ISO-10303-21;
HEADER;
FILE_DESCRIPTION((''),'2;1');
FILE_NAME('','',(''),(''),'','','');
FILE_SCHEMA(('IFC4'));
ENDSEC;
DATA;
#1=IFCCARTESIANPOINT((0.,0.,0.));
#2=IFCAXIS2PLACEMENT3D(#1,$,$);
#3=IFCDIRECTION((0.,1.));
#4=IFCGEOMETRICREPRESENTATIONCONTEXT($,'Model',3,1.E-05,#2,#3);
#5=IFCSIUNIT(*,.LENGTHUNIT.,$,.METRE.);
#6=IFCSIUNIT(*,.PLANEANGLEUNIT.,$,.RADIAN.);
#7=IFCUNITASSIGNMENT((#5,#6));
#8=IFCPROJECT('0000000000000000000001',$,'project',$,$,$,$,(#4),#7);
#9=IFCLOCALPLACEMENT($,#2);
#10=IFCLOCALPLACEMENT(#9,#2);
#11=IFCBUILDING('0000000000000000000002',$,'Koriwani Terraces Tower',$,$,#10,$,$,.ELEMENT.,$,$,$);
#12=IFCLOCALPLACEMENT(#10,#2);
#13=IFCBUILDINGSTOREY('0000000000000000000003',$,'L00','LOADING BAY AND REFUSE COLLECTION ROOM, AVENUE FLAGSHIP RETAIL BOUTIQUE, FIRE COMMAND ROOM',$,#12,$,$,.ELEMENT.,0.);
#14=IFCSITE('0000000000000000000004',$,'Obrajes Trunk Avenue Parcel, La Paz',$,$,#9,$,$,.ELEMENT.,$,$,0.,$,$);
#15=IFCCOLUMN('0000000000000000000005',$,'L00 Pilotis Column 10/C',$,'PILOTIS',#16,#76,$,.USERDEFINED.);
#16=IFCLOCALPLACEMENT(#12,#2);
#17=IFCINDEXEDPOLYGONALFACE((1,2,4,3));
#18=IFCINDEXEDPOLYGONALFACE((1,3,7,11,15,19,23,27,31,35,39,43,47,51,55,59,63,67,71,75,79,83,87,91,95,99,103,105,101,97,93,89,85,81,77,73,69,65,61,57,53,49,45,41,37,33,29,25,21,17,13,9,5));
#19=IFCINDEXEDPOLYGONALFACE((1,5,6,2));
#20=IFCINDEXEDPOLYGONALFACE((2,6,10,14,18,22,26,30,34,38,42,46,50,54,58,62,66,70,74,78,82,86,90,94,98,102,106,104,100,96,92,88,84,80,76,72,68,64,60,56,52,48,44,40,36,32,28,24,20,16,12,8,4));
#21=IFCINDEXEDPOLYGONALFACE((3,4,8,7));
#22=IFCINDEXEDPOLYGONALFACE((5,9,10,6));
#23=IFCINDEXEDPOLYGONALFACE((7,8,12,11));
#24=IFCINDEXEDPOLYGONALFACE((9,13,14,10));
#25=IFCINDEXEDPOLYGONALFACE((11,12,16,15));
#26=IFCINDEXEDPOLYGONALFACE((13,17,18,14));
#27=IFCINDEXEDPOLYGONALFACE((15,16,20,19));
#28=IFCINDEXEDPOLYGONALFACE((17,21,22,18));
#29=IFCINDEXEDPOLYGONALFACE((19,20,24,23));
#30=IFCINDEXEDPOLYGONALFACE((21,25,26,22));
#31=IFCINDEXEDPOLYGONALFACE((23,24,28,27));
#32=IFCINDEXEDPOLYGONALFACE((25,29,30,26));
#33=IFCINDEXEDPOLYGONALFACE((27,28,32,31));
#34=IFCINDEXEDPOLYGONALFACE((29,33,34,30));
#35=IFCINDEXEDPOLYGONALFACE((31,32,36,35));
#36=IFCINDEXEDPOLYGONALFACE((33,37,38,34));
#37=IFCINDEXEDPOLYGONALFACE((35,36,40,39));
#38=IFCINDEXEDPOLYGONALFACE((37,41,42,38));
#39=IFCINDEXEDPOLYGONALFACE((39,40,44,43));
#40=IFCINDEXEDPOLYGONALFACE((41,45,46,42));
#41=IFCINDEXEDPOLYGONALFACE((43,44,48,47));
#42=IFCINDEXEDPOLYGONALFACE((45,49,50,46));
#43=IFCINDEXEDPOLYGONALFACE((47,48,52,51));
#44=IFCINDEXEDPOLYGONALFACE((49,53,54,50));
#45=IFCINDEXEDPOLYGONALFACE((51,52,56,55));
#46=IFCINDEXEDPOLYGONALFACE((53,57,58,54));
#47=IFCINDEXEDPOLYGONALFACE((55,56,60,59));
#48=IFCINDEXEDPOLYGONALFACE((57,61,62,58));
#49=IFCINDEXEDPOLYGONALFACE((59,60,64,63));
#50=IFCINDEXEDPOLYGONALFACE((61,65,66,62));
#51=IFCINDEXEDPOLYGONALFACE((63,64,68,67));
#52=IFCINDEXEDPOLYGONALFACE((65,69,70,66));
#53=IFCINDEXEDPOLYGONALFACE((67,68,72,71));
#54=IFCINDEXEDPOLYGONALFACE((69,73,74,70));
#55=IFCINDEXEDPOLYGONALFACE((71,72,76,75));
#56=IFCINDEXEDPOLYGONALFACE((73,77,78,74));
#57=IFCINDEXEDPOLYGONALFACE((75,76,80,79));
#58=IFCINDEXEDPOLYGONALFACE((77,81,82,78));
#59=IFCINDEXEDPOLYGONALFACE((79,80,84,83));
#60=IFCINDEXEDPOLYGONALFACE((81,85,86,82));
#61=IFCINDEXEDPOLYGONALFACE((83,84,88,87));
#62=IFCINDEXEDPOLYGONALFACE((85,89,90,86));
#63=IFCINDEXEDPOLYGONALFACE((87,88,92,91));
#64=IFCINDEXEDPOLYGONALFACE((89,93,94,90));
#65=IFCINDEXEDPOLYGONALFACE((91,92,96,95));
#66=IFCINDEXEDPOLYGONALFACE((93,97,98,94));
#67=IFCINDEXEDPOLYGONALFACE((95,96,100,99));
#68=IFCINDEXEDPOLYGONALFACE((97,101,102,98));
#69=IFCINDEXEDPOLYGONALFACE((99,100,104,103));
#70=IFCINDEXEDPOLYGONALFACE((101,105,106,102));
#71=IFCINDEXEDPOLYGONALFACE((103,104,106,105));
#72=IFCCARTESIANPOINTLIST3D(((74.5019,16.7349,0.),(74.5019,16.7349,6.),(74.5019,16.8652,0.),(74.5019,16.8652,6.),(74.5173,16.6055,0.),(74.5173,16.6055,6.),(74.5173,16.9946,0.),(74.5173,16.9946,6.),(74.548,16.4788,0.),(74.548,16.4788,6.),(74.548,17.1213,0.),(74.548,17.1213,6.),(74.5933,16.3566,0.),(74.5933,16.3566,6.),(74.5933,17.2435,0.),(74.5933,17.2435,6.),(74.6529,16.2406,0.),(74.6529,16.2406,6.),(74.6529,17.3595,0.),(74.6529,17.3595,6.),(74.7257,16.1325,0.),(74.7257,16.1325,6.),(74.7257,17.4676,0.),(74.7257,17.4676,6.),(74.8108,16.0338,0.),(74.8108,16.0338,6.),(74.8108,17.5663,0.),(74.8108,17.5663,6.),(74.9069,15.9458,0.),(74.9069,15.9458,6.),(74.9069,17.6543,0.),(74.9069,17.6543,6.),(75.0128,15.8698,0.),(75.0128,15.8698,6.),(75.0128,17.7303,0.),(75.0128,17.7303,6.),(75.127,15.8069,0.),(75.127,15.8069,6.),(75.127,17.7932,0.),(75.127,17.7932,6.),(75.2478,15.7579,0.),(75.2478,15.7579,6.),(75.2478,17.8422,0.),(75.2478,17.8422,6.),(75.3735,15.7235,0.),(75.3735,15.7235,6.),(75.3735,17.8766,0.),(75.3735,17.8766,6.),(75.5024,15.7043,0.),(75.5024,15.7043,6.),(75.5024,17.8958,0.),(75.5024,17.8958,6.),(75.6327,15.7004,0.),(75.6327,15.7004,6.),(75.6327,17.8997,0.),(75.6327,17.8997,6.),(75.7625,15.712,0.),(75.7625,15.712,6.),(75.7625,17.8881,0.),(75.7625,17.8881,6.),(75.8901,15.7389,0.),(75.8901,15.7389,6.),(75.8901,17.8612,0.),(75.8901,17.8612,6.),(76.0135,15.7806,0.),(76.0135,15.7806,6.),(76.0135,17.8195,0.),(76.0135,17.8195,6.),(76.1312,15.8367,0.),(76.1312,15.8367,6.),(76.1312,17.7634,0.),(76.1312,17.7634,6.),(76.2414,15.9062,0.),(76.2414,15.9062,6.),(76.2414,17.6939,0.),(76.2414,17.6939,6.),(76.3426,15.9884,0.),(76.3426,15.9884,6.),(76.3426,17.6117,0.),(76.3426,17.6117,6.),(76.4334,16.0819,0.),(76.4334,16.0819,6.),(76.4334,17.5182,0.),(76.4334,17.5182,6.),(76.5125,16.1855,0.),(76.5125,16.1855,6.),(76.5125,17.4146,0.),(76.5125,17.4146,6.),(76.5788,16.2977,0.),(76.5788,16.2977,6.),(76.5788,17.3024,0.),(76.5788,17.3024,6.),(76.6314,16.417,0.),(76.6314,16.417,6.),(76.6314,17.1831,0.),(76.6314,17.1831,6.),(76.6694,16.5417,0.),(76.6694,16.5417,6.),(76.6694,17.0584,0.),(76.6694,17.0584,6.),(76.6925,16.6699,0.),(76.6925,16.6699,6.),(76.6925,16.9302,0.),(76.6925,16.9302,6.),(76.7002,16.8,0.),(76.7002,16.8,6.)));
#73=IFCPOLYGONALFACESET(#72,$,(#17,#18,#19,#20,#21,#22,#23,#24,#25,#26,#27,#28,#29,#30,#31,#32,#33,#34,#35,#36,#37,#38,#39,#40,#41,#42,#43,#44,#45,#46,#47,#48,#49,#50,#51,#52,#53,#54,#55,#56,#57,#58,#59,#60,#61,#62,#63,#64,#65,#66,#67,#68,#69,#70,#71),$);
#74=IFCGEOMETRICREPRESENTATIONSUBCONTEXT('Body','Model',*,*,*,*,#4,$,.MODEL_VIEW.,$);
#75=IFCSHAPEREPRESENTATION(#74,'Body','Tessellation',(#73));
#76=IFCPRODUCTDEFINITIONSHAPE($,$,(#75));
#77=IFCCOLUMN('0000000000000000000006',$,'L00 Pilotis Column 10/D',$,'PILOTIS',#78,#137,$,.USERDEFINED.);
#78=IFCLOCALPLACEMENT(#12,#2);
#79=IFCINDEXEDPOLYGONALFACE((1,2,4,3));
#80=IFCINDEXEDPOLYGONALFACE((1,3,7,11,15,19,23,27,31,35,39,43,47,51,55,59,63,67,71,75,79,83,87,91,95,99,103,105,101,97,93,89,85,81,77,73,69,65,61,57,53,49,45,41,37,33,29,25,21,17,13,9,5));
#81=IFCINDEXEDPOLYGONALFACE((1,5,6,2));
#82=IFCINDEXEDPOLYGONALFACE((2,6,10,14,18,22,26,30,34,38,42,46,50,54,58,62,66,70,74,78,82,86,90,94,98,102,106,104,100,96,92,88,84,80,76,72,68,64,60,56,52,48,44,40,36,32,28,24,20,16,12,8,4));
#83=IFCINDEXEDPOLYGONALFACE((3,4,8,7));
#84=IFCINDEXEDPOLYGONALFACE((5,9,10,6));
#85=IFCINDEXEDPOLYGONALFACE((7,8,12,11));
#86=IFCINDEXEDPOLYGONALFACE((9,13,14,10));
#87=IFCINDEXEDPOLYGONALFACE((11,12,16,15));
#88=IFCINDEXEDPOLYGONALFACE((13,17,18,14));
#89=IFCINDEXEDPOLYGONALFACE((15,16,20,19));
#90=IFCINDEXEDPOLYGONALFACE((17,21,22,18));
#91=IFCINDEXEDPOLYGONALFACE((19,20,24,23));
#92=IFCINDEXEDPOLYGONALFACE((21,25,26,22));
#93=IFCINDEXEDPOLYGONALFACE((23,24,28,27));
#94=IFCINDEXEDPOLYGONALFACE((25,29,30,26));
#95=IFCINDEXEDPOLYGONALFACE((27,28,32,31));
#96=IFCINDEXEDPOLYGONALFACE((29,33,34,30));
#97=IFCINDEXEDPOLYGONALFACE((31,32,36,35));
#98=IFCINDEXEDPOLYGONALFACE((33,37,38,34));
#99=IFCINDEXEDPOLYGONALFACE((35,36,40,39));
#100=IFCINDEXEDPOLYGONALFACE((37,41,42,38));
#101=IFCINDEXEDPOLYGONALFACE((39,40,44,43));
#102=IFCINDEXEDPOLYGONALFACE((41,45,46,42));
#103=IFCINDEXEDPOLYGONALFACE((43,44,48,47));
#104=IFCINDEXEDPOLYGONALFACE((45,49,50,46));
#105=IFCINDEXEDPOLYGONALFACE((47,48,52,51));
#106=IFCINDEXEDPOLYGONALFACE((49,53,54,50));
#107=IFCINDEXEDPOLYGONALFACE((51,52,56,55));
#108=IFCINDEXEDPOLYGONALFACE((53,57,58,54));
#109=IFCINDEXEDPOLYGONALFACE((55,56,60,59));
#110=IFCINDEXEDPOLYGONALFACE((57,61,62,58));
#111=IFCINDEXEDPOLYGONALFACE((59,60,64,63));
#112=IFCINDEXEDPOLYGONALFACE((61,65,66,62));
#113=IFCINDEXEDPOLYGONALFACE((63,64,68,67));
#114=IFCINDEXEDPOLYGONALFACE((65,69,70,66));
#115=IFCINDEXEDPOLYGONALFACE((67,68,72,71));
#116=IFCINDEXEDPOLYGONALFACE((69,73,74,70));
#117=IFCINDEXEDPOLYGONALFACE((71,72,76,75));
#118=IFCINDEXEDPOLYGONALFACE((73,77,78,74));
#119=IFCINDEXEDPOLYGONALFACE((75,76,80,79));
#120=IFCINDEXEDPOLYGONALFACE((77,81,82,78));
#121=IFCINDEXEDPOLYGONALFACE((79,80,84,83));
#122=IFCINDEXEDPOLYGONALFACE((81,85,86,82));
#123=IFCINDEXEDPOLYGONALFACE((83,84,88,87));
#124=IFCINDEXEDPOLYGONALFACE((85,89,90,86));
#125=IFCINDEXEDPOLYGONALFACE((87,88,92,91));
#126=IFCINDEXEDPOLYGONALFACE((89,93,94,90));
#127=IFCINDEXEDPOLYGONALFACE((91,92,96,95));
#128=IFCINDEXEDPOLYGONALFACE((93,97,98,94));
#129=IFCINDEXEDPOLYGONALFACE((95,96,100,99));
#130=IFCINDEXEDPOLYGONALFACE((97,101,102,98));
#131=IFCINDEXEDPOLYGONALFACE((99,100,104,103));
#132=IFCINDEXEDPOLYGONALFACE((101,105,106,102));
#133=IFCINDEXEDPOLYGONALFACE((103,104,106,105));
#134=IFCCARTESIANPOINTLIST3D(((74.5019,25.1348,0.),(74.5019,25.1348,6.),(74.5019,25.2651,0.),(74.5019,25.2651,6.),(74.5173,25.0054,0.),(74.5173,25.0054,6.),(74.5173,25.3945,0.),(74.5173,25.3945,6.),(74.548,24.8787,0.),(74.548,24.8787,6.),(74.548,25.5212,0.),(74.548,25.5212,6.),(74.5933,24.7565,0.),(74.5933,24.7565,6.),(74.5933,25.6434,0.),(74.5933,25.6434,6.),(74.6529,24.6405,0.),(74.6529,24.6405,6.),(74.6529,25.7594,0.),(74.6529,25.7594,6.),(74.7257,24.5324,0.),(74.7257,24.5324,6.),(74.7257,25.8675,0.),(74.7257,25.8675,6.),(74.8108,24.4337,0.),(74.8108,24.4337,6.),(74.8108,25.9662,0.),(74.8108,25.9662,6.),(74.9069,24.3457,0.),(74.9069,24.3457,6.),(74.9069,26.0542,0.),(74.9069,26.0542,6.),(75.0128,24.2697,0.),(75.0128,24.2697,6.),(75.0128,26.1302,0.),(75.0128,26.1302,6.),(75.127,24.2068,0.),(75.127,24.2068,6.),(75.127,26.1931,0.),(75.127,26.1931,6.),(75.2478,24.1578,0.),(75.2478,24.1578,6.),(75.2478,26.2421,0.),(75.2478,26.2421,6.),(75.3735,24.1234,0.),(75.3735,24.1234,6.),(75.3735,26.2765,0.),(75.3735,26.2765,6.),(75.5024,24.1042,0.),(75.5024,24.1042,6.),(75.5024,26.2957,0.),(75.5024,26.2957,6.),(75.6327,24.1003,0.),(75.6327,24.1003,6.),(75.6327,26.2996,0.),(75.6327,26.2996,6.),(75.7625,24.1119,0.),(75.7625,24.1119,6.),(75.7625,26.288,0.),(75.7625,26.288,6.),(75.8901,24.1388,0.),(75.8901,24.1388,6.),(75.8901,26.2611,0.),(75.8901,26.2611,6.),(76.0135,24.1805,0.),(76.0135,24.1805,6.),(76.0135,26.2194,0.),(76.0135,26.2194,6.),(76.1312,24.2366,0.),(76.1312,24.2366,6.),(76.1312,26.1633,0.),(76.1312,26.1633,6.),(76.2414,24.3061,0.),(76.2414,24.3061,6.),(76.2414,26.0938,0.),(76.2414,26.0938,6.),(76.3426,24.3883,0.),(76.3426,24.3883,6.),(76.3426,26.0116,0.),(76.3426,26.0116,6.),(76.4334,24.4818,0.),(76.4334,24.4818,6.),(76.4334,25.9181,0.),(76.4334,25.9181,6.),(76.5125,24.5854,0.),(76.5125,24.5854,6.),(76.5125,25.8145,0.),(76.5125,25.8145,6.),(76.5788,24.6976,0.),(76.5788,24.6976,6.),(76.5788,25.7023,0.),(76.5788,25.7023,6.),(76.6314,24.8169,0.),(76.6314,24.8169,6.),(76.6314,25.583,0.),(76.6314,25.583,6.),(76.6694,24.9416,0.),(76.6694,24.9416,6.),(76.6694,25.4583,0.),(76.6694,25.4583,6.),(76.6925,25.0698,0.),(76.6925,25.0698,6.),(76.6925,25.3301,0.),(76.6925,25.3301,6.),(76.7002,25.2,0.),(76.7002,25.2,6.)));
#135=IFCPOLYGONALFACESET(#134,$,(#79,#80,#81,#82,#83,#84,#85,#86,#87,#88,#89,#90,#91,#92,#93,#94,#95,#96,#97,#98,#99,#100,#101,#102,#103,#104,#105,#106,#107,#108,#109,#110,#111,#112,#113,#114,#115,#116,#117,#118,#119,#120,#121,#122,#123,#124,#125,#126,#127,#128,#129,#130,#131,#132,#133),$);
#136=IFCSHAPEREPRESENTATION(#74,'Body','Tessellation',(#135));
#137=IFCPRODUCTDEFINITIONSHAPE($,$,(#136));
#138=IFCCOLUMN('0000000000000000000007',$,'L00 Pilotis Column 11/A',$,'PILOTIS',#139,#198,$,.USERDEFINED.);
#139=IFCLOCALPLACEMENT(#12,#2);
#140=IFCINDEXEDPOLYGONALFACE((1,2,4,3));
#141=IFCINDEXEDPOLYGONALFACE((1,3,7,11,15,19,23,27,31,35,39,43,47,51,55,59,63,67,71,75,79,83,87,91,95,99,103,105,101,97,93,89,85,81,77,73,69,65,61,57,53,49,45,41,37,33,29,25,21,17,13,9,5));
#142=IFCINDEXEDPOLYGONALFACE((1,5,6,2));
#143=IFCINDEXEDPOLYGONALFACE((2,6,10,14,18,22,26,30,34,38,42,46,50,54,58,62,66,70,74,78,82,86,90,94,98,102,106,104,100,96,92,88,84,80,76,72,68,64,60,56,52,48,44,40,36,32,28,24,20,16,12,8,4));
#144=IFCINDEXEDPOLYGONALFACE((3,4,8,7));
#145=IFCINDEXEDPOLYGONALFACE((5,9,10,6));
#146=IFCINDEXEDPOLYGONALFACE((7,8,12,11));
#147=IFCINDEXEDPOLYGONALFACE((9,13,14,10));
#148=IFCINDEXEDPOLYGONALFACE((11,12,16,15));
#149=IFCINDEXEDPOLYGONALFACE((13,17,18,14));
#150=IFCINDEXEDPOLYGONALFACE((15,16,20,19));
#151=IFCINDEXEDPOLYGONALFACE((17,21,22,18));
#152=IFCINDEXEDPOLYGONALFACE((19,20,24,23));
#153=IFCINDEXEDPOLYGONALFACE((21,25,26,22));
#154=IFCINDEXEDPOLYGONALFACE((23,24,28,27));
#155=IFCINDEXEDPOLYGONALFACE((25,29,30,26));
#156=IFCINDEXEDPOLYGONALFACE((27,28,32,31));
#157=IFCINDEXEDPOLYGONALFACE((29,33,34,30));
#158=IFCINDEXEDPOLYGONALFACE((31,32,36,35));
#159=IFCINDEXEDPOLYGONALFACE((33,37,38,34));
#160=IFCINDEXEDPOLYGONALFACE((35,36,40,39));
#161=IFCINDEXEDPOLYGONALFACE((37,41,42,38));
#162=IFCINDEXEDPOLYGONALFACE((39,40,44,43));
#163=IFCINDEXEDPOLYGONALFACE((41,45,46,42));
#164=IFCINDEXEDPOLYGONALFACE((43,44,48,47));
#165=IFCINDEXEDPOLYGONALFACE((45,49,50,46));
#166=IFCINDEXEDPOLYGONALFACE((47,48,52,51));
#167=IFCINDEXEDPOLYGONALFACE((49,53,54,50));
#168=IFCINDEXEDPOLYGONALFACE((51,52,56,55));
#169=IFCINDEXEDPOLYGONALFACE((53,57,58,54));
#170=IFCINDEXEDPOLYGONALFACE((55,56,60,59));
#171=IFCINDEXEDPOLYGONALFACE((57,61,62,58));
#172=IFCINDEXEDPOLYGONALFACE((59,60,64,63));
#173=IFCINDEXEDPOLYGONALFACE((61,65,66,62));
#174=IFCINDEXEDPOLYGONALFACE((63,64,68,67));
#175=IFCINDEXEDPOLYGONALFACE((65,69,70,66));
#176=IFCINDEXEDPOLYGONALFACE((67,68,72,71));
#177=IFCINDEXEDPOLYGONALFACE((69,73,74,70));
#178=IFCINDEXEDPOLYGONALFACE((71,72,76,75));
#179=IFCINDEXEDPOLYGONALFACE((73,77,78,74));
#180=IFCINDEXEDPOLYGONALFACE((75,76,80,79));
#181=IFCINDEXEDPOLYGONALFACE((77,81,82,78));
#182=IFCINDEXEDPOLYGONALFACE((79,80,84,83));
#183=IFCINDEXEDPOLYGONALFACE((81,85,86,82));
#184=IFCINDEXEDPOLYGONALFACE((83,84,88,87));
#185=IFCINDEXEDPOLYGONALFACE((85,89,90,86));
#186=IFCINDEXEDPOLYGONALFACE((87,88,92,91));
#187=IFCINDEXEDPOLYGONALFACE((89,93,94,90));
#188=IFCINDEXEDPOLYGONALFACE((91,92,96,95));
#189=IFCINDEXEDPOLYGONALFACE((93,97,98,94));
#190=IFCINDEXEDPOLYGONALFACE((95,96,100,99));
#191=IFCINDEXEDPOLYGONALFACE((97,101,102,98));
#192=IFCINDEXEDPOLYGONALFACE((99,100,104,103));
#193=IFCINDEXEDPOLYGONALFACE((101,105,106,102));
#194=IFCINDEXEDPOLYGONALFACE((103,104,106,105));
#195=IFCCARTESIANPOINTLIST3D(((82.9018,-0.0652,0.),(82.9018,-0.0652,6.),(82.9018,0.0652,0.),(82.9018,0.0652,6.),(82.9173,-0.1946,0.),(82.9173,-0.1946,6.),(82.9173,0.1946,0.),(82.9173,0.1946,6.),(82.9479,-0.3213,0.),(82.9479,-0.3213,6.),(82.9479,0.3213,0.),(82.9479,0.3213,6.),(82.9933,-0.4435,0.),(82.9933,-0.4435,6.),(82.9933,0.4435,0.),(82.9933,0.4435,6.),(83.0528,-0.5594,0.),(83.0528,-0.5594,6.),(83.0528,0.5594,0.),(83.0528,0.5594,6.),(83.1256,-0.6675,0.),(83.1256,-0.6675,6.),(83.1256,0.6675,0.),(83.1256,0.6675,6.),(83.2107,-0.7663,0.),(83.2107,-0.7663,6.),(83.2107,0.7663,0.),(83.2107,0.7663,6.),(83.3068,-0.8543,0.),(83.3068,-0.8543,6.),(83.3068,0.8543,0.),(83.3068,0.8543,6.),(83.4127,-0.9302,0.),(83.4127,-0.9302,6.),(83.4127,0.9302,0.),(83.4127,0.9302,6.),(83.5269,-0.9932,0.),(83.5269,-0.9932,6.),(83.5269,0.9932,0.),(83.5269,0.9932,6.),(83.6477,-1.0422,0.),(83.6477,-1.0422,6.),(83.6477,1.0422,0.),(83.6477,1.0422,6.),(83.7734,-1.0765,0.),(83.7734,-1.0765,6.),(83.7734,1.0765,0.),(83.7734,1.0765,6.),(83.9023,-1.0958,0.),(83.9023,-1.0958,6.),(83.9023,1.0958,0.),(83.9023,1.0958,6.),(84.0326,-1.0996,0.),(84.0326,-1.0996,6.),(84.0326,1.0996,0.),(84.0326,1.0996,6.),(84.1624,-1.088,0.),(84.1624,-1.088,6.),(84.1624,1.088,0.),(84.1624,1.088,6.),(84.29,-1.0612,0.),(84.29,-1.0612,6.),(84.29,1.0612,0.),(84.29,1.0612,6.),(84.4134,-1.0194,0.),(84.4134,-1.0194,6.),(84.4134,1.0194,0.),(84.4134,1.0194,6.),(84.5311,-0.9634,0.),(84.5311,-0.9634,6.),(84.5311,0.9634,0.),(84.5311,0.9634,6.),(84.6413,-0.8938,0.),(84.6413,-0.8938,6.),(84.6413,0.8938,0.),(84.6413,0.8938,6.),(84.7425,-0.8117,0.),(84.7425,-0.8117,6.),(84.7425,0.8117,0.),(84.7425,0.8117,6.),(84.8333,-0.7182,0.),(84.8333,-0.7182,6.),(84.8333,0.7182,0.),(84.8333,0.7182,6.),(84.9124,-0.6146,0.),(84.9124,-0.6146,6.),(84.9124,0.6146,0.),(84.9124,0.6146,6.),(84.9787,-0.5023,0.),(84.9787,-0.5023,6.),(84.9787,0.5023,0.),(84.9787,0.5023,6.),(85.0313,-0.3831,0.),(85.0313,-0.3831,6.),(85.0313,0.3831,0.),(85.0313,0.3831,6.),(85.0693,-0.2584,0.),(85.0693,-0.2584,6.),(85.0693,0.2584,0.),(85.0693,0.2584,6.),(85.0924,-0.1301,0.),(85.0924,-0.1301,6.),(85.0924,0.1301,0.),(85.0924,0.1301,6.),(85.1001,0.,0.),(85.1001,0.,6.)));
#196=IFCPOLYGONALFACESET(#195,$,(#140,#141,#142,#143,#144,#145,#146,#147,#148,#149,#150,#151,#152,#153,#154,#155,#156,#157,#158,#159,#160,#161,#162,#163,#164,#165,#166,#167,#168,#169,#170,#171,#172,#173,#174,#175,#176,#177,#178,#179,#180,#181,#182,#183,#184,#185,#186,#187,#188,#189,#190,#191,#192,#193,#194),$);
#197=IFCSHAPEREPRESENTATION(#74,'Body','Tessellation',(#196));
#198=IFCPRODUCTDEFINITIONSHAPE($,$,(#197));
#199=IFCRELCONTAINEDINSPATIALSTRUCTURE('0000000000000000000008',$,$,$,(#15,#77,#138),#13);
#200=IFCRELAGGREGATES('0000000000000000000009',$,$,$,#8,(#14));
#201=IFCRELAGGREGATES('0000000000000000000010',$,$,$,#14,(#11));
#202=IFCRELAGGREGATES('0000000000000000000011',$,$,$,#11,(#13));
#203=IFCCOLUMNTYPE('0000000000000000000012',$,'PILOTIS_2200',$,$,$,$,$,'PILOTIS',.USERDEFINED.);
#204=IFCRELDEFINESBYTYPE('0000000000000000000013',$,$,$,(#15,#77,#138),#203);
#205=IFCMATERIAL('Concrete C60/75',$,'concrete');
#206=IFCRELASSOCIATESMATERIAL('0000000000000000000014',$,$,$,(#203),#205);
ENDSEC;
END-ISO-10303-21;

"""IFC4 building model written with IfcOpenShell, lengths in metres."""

from ifc_helpers import new_model, si_unit, direction, frame, origin, origin_2d, place, context, subcontext, project, spatial, circle, extrude, material, material_profile, profile_set, type_object, element, save


model = new_model("IFC4")

# Units and contexts
model_context = context("Model", 3, precision=1e-05, world=origin(), true_north=direction((0.0, 1.0)))
body_context = subcontext(model_context, "Body", "Model", "MODEL_VIEW")
ifc_project = project(units=[si_unit("LENGTHUNIT", "METRE"), si_unit("PLANEANGLEUNIT", "RADIAN")], contexts=[model_context])

# Site, building, storey
site_placement = place(None, origin())
site = spatial("IfcSite", under=ifc_project, at=site_placement, Name="Obrajes Trunk Avenue Parcel, La Paz", CompositionType="ELEMENT", RefElevation=0.0)
building_placement = place(site_placement, origin())
building = spatial("IfcBuilding", under=site, at=building_placement, Name="Koriwani Terraces Tower", CompositionType="ELEMENT")
storey_placement = place(building_placement, origin())
storey = spatial("IfcBuildingStorey", under=building, at=storey_placement, Name="L00", Description="LOADING BAY AND REFUSE COLLECTION ROOM, AVENUE FLAGSHIP RETAIL BOUTIQUE, FIRE COMMAND ROOM", CompositionType="ELEMENT", Elevation=0.0)

# Columns
ifc_material_1 = material(Name="Concrete C60/75", Category="concrete")
ifc_material_profile_1 = material_profile(ifc_material_1, circle(Radius=1.1001, at=origin_2d()), Name="Concrete C60/75", Category="LoadBearing")
ifc_profile_set_1 = profile_set([ifc_material_profile_1], Name="Concrete C60/75")
column_type_1 = type_object("IfcColumnType", Name="PILOTIS_2200", ElementType="PILOTIS", PredefinedType="USERDEFINED", material=ifc_profile_set_1)
for number, where, z_axis, x_axis, name in (
    (1, (75.6001, 16.8, 0.0), (0.0, 0.0, 1.0), (1.0, 0.0, 0.0), "L00 Pilotis Column 10/C"),
    (2, (75.6001, 25.2, 0.0), (0.0, 0.0, 1.0), (1.0, 0.0, 0.0), "L00 Pilotis Column 10/D"),
    (3, (84.0, 0.0, 0.0), (0.0, 0.0, 1.0), (1.0, 0.0, 0.0), "L00 Pilotis Column 11/A"),
):
    element("IfcColumn", number, at=place(storey_placement, frame(where, z_axis=z_axis, x_axis=x_axis)), inside=storey, type_object=column_type_1, Name=name, ObjectType="PILOTIS", PredefinedType="USERDEFINED", context=body_context, shape_type="SweptSolid", body=[
        extrude(circle(Radius=1.1001, at=origin_2d()), origin(), (0.0, 0.0, 1.0), 6.0),
    ])

save(model, "model.ifc")
